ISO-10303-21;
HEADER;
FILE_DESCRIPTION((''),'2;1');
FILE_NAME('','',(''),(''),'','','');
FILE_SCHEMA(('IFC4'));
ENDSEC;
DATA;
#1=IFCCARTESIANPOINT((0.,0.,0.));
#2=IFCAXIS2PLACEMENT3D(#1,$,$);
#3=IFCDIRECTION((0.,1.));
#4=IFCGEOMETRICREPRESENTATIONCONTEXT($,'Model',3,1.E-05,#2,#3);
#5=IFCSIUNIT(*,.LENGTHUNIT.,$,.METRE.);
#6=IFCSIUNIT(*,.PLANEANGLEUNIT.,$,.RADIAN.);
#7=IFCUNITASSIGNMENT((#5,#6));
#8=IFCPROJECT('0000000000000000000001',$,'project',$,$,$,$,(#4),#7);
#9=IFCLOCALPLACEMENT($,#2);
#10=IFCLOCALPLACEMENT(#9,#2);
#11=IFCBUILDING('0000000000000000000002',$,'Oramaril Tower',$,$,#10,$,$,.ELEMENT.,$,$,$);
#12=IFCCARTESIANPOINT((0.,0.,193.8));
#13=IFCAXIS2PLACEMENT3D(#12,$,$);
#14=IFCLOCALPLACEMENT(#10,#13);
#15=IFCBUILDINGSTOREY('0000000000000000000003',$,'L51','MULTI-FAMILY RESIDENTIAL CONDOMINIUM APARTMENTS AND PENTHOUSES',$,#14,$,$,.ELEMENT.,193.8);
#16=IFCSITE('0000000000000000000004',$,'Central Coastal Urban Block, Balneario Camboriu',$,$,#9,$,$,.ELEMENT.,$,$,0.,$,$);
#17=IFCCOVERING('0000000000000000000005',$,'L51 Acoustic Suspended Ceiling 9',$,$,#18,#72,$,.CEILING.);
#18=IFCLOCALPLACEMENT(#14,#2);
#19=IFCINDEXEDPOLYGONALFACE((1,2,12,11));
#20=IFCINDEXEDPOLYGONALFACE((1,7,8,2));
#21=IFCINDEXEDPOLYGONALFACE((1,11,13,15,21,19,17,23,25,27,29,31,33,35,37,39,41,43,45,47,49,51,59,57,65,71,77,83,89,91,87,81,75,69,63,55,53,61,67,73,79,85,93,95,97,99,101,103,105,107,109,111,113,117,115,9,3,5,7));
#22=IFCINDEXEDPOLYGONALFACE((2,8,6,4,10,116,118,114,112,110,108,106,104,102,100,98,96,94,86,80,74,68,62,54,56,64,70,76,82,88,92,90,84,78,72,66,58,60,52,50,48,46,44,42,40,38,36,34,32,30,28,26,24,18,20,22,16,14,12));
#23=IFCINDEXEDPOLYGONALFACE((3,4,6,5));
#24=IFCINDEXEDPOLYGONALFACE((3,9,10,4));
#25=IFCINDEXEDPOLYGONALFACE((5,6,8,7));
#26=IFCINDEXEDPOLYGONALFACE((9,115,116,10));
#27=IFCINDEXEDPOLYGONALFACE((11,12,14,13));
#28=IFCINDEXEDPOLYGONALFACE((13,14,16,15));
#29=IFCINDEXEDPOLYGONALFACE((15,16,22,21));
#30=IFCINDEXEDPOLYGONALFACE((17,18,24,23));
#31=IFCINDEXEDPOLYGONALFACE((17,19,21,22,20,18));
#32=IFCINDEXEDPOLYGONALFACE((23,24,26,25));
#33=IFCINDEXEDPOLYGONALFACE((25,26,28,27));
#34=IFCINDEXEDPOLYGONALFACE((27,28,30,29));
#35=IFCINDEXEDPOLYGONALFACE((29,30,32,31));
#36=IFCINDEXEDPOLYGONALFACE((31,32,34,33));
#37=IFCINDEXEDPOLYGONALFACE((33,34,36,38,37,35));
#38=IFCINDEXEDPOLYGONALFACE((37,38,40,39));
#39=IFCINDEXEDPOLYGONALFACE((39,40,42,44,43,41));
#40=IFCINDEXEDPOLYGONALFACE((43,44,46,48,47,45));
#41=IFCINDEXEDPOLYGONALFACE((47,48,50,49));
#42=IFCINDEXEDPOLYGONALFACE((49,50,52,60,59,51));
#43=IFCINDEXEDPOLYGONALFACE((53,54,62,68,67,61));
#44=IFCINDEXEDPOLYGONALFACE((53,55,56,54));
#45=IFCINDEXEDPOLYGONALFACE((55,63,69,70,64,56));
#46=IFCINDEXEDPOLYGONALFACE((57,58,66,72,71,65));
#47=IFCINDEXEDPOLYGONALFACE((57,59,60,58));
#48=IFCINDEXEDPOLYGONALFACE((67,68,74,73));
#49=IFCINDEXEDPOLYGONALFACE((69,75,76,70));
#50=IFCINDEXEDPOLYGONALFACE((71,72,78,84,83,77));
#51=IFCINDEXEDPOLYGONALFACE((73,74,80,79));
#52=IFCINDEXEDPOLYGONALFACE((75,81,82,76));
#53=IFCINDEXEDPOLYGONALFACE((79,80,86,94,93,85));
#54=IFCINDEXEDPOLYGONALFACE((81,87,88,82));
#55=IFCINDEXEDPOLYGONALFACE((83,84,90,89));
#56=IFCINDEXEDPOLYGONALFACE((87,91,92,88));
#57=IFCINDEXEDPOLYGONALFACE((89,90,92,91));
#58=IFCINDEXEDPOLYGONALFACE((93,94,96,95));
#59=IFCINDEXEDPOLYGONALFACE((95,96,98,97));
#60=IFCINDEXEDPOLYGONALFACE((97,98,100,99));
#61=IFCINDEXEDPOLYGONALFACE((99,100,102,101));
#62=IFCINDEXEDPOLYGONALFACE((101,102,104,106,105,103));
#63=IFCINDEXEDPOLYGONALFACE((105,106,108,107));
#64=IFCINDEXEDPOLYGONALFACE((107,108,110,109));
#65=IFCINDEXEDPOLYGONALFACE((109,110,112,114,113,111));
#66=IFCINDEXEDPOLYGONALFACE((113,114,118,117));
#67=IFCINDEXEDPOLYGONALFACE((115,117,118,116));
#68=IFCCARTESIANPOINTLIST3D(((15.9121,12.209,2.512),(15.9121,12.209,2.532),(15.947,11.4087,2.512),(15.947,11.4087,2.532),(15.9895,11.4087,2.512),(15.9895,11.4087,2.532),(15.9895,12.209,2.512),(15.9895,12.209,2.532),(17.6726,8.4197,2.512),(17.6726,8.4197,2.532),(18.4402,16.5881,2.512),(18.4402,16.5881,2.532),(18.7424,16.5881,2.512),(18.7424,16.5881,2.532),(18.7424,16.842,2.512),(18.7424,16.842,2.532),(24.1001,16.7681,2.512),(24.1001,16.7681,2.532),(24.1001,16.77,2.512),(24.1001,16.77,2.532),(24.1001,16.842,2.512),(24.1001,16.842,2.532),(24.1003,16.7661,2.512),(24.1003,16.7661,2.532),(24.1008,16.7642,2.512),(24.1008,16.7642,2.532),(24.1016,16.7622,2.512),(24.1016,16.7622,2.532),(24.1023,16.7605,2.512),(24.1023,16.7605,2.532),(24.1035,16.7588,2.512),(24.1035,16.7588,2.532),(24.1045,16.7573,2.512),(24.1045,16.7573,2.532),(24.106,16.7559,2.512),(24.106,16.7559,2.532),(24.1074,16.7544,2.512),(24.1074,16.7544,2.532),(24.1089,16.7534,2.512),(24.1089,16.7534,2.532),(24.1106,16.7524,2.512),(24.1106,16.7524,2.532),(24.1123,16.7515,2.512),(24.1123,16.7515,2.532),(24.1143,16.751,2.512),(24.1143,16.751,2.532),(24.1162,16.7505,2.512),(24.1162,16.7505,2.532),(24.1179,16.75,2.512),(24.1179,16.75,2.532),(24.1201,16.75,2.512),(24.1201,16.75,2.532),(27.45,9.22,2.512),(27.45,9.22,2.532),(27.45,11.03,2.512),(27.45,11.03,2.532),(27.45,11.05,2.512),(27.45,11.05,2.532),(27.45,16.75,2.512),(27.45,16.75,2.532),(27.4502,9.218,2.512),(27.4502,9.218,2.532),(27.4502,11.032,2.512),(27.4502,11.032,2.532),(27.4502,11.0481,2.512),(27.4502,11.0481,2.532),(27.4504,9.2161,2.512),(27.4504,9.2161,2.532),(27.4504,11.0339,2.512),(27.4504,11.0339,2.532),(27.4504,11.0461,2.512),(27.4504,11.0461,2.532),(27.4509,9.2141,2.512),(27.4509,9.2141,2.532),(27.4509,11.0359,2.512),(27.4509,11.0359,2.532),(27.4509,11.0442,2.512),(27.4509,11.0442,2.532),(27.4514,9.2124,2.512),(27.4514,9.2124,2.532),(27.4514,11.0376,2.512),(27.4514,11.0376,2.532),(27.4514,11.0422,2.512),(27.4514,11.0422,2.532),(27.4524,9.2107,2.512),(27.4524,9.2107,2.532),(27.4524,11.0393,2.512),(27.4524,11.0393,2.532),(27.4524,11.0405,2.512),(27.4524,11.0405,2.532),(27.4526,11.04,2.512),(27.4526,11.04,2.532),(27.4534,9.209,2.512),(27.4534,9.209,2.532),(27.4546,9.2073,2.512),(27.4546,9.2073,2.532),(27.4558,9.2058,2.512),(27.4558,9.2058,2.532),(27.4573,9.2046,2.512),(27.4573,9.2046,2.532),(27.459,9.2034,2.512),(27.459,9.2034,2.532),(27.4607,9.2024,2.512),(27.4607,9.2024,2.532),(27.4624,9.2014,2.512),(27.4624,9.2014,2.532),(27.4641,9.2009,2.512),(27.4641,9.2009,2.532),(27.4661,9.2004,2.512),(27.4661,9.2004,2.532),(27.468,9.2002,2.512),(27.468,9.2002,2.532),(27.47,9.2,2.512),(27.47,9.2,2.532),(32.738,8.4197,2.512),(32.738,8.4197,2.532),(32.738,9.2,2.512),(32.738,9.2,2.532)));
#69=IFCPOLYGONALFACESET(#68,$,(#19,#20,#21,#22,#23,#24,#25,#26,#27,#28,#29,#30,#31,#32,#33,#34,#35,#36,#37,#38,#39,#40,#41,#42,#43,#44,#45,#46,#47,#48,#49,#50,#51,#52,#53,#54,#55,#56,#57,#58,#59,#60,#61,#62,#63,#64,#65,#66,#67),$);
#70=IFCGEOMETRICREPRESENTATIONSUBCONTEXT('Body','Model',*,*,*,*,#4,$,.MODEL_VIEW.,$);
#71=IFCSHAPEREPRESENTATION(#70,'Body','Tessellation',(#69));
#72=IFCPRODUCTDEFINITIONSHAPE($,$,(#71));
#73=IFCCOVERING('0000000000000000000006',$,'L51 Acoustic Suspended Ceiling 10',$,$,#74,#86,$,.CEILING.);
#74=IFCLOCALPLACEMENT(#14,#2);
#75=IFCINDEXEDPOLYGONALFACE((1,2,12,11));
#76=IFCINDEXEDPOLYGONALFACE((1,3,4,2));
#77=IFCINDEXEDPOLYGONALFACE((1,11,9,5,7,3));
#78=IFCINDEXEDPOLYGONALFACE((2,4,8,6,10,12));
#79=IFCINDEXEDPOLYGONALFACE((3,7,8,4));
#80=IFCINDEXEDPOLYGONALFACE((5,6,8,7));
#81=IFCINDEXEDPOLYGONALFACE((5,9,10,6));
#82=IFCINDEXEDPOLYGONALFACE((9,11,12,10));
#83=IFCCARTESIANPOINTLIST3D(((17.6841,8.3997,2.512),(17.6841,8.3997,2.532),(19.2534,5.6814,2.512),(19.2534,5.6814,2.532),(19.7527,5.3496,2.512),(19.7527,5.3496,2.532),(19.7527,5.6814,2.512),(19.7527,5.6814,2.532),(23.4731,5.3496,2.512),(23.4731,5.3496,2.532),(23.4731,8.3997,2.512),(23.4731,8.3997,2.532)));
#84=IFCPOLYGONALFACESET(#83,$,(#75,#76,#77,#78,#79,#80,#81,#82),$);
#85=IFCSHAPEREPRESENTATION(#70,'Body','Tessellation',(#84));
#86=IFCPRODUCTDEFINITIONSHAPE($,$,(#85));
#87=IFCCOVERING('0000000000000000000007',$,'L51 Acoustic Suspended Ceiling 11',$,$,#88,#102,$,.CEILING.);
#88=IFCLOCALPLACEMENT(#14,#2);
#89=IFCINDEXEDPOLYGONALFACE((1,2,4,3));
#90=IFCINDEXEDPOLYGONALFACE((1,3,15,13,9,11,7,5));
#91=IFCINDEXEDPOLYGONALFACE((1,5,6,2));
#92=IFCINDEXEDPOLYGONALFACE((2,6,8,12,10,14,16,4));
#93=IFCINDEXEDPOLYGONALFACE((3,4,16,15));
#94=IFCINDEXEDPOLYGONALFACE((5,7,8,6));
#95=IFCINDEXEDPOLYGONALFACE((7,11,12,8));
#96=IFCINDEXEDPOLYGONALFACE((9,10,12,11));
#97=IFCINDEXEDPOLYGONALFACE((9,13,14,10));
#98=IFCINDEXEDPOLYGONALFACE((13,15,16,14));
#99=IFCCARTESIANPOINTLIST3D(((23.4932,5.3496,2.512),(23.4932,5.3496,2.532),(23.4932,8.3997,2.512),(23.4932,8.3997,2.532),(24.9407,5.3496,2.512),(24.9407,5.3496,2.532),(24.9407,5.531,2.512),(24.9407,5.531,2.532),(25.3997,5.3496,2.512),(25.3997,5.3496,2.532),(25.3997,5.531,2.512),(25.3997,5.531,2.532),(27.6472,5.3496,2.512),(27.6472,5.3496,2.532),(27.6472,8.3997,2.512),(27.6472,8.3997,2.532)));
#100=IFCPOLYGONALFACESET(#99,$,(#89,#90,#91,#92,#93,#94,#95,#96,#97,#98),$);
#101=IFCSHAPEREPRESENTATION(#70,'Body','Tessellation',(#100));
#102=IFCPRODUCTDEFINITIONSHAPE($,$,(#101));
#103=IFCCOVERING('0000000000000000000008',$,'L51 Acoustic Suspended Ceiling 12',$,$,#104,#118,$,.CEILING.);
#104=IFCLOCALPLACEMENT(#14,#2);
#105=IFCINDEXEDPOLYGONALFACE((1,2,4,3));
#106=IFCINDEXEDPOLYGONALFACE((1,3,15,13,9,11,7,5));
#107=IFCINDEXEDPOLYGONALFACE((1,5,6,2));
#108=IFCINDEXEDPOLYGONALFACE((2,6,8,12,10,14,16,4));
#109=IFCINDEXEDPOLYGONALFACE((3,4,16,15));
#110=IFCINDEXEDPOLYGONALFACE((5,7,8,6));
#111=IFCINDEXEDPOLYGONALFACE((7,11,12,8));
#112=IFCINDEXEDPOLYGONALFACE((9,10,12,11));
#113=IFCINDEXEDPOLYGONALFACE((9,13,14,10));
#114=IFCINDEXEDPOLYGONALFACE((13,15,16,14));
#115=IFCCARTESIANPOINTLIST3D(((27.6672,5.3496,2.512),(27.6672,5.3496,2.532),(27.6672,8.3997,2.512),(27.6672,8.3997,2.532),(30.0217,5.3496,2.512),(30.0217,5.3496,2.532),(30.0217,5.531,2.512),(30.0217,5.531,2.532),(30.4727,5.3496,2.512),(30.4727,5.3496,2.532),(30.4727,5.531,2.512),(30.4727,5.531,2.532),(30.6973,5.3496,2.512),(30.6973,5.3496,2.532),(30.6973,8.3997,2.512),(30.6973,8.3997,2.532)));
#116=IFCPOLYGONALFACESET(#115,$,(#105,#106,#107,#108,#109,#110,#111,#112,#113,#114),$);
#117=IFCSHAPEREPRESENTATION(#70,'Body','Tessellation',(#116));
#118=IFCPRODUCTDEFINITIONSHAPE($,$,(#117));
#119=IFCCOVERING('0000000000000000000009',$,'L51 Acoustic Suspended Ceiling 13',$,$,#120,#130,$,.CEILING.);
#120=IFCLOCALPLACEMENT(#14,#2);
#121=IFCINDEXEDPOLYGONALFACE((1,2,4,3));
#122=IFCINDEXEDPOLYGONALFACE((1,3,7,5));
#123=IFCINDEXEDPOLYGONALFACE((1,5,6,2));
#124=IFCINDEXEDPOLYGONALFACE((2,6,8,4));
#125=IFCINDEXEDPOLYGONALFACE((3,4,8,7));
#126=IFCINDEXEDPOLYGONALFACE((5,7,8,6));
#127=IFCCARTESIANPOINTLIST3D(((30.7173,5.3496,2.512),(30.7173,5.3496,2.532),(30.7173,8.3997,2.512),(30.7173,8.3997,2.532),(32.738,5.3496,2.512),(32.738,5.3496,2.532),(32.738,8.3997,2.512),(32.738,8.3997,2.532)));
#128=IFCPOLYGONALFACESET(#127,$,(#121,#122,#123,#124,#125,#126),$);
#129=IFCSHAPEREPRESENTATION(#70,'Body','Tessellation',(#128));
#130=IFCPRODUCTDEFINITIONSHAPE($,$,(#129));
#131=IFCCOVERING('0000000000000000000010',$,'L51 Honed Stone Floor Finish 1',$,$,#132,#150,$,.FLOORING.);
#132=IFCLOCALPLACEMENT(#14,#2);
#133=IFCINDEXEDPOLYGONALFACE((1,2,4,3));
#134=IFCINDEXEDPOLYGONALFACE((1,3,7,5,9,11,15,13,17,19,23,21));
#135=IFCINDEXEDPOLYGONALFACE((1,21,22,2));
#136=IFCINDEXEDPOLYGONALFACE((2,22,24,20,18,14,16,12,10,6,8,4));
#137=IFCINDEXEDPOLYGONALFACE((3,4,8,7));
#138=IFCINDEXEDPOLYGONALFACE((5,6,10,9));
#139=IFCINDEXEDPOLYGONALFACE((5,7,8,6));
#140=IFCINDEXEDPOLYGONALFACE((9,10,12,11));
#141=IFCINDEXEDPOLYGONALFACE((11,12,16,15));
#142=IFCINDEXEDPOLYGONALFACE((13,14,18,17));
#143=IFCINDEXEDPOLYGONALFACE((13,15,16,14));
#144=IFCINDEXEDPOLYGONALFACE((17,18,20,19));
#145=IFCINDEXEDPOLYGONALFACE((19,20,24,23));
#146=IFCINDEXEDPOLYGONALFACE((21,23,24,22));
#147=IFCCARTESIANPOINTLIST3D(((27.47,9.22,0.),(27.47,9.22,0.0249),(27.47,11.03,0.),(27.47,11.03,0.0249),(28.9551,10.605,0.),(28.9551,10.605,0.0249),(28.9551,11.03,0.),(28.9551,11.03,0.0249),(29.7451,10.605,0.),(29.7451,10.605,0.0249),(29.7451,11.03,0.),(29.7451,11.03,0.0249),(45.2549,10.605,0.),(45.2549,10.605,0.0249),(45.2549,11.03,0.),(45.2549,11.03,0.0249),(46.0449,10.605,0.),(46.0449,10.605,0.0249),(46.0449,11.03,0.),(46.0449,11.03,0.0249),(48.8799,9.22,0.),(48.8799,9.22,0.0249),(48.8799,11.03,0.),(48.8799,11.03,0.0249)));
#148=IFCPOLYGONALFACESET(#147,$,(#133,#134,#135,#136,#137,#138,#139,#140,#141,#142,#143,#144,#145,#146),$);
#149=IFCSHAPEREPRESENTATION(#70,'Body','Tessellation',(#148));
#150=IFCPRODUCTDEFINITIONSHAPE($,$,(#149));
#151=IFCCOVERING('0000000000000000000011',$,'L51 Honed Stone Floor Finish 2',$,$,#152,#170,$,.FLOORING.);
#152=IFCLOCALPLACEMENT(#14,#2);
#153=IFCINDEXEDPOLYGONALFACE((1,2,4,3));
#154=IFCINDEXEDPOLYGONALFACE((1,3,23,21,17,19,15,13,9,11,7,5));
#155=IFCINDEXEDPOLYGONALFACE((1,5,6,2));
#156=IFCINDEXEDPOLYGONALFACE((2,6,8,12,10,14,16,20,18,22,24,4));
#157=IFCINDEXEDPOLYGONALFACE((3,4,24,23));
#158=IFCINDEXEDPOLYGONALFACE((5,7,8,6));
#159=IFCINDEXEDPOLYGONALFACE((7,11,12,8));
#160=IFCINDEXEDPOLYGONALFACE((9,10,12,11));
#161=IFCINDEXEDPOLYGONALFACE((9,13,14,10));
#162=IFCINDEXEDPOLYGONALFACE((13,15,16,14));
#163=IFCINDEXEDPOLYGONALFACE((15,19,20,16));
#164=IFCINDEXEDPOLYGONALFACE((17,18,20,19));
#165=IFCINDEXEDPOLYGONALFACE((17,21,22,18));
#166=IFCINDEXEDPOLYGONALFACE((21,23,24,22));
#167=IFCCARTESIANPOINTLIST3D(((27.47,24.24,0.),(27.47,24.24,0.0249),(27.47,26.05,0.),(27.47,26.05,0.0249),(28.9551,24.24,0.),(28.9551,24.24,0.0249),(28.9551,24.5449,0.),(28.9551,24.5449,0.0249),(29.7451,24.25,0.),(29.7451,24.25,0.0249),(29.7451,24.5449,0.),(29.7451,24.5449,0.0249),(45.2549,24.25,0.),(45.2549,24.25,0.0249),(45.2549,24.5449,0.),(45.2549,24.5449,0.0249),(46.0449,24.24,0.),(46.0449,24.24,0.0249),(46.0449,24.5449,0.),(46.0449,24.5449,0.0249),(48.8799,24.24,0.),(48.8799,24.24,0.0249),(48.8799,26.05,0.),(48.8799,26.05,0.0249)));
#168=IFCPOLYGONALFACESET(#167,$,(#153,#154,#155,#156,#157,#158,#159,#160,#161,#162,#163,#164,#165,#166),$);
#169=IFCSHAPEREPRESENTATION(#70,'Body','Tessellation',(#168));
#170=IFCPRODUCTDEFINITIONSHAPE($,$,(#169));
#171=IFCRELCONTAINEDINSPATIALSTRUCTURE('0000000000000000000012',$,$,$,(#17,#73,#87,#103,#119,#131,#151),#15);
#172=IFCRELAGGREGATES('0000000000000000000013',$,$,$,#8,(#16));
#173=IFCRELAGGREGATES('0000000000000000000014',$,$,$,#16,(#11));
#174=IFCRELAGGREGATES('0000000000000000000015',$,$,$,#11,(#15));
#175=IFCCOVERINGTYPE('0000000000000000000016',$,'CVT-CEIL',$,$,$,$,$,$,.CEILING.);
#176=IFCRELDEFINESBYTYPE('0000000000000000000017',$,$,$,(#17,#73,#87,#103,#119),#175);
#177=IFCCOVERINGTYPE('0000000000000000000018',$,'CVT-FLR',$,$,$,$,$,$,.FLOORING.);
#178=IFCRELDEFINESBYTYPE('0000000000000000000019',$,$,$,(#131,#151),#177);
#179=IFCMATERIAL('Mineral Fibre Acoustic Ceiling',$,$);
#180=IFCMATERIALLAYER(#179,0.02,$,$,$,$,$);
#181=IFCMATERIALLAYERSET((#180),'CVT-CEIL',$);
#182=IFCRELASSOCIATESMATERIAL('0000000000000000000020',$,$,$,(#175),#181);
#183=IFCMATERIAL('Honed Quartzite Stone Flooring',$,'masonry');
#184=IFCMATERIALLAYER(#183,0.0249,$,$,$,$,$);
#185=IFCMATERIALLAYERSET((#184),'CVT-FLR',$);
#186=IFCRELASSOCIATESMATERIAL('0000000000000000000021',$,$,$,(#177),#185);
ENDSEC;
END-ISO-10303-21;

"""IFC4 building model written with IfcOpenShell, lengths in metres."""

from ifc_helpers import new_model, si_unit, direction, frame, origin, place, context, subcontext, project, spatial, polyline, outline, extrude, material, layer, layer_set, type_object, element, save


model = new_model("IFC4")

# Units and contexts
model_context = context("Model", 3, precision=1e-05, world=origin(), true_north=direction((0.0, 1.0)))
body_context = subcontext(model_context, "Body", "Model", "MODEL_VIEW")
ifc_project = project(units=[si_unit("LENGTHUNIT", "METRE"), si_unit("PLANEANGLEUNIT", "RADIAN")], contexts=[model_context])

# Site, building, storey
site_placement = place(None, origin())
site = spatial("IfcSite", under=ifc_project, at=site_placement, Name="Central Coastal Urban Block, Balneario Camboriu", CompositionType="ELEMENT", RefElevation=0.0)
building_placement = place(site_placement, origin())
building = spatial("IfcBuilding", under=site, at=building_placement, Name="Oramaril Tower", CompositionType="ELEMENT")
storey_placement = place(building_placement, frame((0.0, 0.0, 193.8)))
storey = spatial("IfcBuildingStorey", under=building, at=storey_placement, Name="L51", Description="MULTI-FAMILY RESIDENTIAL CONDOMINIUM APARTMENTS AND PENTHOUSES", CompositionType="ELEMENT", Elevation=193.8)

# Coverings
ifc_material_1 = material(Name="Mineral Fibre Acoustic Ceiling")
ifc_layer_1 = layer(ifc_material_1, 0.02)
ifc_layer_set_1 = layer_set([ifc_layer_1], Name="CVT-CEIL")
covering_type_1 = type_object("IfcCoveringType", Name="CVT-CEIL", PredefinedType="CEILING", material=ifc_layer_set_1)
covering_1_placement = place(storey_placement, frame((0.0, 0.0, 2.512)))
element("IfcCovering", 1, at=covering_1_placement, inside=storey, type_object=covering_type_1, Name="L51 Acoustic Suspended Ceiling 9", PredefinedType="CEILING", context=body_context, shape_type="SweptSolid", body=[
    extrude(outline(polyline([(17.6726, 8.4197), (15.947, 11.4087), (15.9895, 11.4087), (15.9895, 12.209), (15.9121, 12.209), (18.4402, 16.5881), (18.7424, 16.5881), (18.7424, 16.842), (24.1001, 16.842), (24.1001, 16.77), (24.1001, 16.7681), (24.1003, 16.7661), (24.1008, 16.7642), (24.1016, 16.7622), (24.1023, 16.7605), (24.1035, 16.7588), (24.1045, 16.7573), (24.106, 16.7559), (24.1074, 16.7544), (24.1089, 16.7534), (24.1106, 16.7524), (24.1123, 16.7515), (24.1143, 16.751), (24.1162, 16.7505), (24.1179, 16.75), (24.1201, 16.75), (27.45, 16.75), (27.45, 11.05), (27.4502, 11.0481), (27.4504, 11.0461), (27.4509, 11.0442), (27.4514, 11.0422), (27.4524, 11.0405), (27.4526, 11.04), (27.4524, 11.0393), (27.4514, 11.0376), (27.4509, 11.0359), (27.4504, 11.0339), (27.4502, 11.032), (27.45, 11.03), (27.45, 9.22), (27.4502, 9.218), (27.4504, 9.2161), (27.4509, 9.2141), (27.4514, 9.2124), (27.4524, 9.2107), (27.4534, 9.209), (27.4546, 9.2073), (27.4558, 9.2058), (27.4573, 9.2046), (27.459, 9.2034), (27.4607, 9.2024), (27.4624, 9.2014), (27.4641, 9.2009), (27.4661, 9.2004), (27.468, 9.2002), (27.47, 9.2), (32.738, 9.2), (32.738, 8.4197), (17.6726, 8.4197)])), origin(), (0.0, 0.0, 1.0), 0.02),
])
covering_2_placement = place(storey_placement, frame((0.0, 0.0, 2.512)))
element("IfcCovering", 2, at=covering_2_placement, inside=storey, type_object=covering_type_1, Name="L51 Acoustic Suspended Ceiling 10", PredefinedType="CEILING", context=body_context, shape_type="SweptSolid", body=[
    extrude(outline(polyline([(23.4731, 5.3496), (19.7527, 5.3496), (19.7527, 5.6814), (19.2534, 5.6814), (17.6841, 8.3997), (23.4731, 8.3997), (23.4731, 5.3496)])), origin(), (0.0, 0.0, 1.0), 0.02),
])
covering_3_placement = place(storey_placement, frame((0.0, 0.0, 2.512)))
element("IfcCovering", 3, at=covering_3_placement, inside=storey, type_object=covering_type_1, Name="L51 Acoustic Suspended Ceiling 11", PredefinedType="CEILING", context=body_context, shape_type="SweptSolid", body=[
    extrude(outline(polyline([(27.6472, 5.3496), (25.3997, 5.3496), (25.3997, 5.531), (24.9407, 5.531), (24.9407, 5.3496), (23.4932, 5.3496), (23.4932, 8.3997), (27.6472, 8.3997), (27.6472, 5.3496)])), origin(), (0.0, 0.0, 1.0), 0.02),
])
covering_4_placement = place(storey_placement, frame((0.0, 0.0, 2.512)))
element("IfcCovering", 4, at=covering_4_placement, inside=storey, type_object=covering_type_1, Name="L51 Acoustic Suspended Ceiling 12", PredefinedType="CEILING", context=body_context, shape_type="SweptSolid", body=[
    extrude(outline(polyline([(30.6973, 5.3496), (30.4727, 5.3496), (30.4727, 5.531), (30.0217, 5.531), (30.0217, 5.3496), (27.6672, 5.3496), (27.6672, 8.3997), (30.6973, 8.3997), (30.6973, 5.3496)])), origin(), (0.0, 0.0, 1.0), 0.02),
])
covering_5_placement = place(storey_placement, frame((0.0, 0.0, 2.512)))
element("IfcCovering", 5, at=covering_5_placement, inside=storey, type_object=covering_type_1, Name="L51 Acoustic Suspended Ceiling 13", PredefinedType="CEILING", context=body_context, shape_type="SweptSolid", body=[
    extrude(outline(polyline([(30.7173, 5.3496), (30.7173, 8.3997), (32.738, 8.3997), (32.738, 5.3496), (30.7173, 5.3496)])), origin(), (0.0, 0.0, 1.0), 0.02),
])
ifc_material_2 = material(Name="Honed Quartzite Stone Flooring", Category="masonry")
ifc_layer_2 = layer(ifc_material_2, 0.0249)
ifc_layer_set_2 = layer_set([ifc_layer_2], Name="CVT-FLR")
covering_type_2 = type_object("IfcCoveringType", Name="CVT-FLR", PredefinedType="FLOORING", material=ifc_layer_set_2)
covering_6_placement = place(storey_placement, origin())
element("IfcCovering", 6, at=covering_6_placement, inside=storey, type_object=covering_type_2, Name="L51 Honed Stone Floor Finish 1", PredefinedType="FLOORING", context=body_context, shape_type="SweptSolid", body=[
    extrude(outline(polyline([(28.9551, 10.605), (29.7451, 10.605), (29.7451, 11.03), (45.2549, 11.03), (45.2549, 10.605), (46.0449, 10.605), (46.0449, 11.03), (48.8799, 11.03), (48.8799, 9.22), (27.47, 9.22), (27.47, 11.03), (28.9551, 11.03), (28.9551, 10.605)])), origin(), (0.0, 0.0, 1.0), 0.0249),
])
covering_7_placement = place(storey_placement, origin())
element("IfcCovering", 7, at=covering_7_placement, inside=storey, type_object=covering_type_2, Name="L51 Honed Stone Floor Finish 2", PredefinedType="FLOORING", context=body_context, shape_type="SweptSolid", body=[
    extrude(outline(polyline([(48.8799, 24.24), (46.0449, 24.24), (46.0449, 24.5449), (45.2549, 24.5449), (45.2549, 24.25), (29.7451, 24.25), (29.7451, 24.5449), (28.9551, 24.5449), (28.9551, 24.24), (27.47, 24.24), (27.47, 26.05), (48.8799, 26.05), (48.8799, 24.24)])), origin(), (0.0, 0.0, 1.0), 0.0249),
])

save(model, "model.ifc")
